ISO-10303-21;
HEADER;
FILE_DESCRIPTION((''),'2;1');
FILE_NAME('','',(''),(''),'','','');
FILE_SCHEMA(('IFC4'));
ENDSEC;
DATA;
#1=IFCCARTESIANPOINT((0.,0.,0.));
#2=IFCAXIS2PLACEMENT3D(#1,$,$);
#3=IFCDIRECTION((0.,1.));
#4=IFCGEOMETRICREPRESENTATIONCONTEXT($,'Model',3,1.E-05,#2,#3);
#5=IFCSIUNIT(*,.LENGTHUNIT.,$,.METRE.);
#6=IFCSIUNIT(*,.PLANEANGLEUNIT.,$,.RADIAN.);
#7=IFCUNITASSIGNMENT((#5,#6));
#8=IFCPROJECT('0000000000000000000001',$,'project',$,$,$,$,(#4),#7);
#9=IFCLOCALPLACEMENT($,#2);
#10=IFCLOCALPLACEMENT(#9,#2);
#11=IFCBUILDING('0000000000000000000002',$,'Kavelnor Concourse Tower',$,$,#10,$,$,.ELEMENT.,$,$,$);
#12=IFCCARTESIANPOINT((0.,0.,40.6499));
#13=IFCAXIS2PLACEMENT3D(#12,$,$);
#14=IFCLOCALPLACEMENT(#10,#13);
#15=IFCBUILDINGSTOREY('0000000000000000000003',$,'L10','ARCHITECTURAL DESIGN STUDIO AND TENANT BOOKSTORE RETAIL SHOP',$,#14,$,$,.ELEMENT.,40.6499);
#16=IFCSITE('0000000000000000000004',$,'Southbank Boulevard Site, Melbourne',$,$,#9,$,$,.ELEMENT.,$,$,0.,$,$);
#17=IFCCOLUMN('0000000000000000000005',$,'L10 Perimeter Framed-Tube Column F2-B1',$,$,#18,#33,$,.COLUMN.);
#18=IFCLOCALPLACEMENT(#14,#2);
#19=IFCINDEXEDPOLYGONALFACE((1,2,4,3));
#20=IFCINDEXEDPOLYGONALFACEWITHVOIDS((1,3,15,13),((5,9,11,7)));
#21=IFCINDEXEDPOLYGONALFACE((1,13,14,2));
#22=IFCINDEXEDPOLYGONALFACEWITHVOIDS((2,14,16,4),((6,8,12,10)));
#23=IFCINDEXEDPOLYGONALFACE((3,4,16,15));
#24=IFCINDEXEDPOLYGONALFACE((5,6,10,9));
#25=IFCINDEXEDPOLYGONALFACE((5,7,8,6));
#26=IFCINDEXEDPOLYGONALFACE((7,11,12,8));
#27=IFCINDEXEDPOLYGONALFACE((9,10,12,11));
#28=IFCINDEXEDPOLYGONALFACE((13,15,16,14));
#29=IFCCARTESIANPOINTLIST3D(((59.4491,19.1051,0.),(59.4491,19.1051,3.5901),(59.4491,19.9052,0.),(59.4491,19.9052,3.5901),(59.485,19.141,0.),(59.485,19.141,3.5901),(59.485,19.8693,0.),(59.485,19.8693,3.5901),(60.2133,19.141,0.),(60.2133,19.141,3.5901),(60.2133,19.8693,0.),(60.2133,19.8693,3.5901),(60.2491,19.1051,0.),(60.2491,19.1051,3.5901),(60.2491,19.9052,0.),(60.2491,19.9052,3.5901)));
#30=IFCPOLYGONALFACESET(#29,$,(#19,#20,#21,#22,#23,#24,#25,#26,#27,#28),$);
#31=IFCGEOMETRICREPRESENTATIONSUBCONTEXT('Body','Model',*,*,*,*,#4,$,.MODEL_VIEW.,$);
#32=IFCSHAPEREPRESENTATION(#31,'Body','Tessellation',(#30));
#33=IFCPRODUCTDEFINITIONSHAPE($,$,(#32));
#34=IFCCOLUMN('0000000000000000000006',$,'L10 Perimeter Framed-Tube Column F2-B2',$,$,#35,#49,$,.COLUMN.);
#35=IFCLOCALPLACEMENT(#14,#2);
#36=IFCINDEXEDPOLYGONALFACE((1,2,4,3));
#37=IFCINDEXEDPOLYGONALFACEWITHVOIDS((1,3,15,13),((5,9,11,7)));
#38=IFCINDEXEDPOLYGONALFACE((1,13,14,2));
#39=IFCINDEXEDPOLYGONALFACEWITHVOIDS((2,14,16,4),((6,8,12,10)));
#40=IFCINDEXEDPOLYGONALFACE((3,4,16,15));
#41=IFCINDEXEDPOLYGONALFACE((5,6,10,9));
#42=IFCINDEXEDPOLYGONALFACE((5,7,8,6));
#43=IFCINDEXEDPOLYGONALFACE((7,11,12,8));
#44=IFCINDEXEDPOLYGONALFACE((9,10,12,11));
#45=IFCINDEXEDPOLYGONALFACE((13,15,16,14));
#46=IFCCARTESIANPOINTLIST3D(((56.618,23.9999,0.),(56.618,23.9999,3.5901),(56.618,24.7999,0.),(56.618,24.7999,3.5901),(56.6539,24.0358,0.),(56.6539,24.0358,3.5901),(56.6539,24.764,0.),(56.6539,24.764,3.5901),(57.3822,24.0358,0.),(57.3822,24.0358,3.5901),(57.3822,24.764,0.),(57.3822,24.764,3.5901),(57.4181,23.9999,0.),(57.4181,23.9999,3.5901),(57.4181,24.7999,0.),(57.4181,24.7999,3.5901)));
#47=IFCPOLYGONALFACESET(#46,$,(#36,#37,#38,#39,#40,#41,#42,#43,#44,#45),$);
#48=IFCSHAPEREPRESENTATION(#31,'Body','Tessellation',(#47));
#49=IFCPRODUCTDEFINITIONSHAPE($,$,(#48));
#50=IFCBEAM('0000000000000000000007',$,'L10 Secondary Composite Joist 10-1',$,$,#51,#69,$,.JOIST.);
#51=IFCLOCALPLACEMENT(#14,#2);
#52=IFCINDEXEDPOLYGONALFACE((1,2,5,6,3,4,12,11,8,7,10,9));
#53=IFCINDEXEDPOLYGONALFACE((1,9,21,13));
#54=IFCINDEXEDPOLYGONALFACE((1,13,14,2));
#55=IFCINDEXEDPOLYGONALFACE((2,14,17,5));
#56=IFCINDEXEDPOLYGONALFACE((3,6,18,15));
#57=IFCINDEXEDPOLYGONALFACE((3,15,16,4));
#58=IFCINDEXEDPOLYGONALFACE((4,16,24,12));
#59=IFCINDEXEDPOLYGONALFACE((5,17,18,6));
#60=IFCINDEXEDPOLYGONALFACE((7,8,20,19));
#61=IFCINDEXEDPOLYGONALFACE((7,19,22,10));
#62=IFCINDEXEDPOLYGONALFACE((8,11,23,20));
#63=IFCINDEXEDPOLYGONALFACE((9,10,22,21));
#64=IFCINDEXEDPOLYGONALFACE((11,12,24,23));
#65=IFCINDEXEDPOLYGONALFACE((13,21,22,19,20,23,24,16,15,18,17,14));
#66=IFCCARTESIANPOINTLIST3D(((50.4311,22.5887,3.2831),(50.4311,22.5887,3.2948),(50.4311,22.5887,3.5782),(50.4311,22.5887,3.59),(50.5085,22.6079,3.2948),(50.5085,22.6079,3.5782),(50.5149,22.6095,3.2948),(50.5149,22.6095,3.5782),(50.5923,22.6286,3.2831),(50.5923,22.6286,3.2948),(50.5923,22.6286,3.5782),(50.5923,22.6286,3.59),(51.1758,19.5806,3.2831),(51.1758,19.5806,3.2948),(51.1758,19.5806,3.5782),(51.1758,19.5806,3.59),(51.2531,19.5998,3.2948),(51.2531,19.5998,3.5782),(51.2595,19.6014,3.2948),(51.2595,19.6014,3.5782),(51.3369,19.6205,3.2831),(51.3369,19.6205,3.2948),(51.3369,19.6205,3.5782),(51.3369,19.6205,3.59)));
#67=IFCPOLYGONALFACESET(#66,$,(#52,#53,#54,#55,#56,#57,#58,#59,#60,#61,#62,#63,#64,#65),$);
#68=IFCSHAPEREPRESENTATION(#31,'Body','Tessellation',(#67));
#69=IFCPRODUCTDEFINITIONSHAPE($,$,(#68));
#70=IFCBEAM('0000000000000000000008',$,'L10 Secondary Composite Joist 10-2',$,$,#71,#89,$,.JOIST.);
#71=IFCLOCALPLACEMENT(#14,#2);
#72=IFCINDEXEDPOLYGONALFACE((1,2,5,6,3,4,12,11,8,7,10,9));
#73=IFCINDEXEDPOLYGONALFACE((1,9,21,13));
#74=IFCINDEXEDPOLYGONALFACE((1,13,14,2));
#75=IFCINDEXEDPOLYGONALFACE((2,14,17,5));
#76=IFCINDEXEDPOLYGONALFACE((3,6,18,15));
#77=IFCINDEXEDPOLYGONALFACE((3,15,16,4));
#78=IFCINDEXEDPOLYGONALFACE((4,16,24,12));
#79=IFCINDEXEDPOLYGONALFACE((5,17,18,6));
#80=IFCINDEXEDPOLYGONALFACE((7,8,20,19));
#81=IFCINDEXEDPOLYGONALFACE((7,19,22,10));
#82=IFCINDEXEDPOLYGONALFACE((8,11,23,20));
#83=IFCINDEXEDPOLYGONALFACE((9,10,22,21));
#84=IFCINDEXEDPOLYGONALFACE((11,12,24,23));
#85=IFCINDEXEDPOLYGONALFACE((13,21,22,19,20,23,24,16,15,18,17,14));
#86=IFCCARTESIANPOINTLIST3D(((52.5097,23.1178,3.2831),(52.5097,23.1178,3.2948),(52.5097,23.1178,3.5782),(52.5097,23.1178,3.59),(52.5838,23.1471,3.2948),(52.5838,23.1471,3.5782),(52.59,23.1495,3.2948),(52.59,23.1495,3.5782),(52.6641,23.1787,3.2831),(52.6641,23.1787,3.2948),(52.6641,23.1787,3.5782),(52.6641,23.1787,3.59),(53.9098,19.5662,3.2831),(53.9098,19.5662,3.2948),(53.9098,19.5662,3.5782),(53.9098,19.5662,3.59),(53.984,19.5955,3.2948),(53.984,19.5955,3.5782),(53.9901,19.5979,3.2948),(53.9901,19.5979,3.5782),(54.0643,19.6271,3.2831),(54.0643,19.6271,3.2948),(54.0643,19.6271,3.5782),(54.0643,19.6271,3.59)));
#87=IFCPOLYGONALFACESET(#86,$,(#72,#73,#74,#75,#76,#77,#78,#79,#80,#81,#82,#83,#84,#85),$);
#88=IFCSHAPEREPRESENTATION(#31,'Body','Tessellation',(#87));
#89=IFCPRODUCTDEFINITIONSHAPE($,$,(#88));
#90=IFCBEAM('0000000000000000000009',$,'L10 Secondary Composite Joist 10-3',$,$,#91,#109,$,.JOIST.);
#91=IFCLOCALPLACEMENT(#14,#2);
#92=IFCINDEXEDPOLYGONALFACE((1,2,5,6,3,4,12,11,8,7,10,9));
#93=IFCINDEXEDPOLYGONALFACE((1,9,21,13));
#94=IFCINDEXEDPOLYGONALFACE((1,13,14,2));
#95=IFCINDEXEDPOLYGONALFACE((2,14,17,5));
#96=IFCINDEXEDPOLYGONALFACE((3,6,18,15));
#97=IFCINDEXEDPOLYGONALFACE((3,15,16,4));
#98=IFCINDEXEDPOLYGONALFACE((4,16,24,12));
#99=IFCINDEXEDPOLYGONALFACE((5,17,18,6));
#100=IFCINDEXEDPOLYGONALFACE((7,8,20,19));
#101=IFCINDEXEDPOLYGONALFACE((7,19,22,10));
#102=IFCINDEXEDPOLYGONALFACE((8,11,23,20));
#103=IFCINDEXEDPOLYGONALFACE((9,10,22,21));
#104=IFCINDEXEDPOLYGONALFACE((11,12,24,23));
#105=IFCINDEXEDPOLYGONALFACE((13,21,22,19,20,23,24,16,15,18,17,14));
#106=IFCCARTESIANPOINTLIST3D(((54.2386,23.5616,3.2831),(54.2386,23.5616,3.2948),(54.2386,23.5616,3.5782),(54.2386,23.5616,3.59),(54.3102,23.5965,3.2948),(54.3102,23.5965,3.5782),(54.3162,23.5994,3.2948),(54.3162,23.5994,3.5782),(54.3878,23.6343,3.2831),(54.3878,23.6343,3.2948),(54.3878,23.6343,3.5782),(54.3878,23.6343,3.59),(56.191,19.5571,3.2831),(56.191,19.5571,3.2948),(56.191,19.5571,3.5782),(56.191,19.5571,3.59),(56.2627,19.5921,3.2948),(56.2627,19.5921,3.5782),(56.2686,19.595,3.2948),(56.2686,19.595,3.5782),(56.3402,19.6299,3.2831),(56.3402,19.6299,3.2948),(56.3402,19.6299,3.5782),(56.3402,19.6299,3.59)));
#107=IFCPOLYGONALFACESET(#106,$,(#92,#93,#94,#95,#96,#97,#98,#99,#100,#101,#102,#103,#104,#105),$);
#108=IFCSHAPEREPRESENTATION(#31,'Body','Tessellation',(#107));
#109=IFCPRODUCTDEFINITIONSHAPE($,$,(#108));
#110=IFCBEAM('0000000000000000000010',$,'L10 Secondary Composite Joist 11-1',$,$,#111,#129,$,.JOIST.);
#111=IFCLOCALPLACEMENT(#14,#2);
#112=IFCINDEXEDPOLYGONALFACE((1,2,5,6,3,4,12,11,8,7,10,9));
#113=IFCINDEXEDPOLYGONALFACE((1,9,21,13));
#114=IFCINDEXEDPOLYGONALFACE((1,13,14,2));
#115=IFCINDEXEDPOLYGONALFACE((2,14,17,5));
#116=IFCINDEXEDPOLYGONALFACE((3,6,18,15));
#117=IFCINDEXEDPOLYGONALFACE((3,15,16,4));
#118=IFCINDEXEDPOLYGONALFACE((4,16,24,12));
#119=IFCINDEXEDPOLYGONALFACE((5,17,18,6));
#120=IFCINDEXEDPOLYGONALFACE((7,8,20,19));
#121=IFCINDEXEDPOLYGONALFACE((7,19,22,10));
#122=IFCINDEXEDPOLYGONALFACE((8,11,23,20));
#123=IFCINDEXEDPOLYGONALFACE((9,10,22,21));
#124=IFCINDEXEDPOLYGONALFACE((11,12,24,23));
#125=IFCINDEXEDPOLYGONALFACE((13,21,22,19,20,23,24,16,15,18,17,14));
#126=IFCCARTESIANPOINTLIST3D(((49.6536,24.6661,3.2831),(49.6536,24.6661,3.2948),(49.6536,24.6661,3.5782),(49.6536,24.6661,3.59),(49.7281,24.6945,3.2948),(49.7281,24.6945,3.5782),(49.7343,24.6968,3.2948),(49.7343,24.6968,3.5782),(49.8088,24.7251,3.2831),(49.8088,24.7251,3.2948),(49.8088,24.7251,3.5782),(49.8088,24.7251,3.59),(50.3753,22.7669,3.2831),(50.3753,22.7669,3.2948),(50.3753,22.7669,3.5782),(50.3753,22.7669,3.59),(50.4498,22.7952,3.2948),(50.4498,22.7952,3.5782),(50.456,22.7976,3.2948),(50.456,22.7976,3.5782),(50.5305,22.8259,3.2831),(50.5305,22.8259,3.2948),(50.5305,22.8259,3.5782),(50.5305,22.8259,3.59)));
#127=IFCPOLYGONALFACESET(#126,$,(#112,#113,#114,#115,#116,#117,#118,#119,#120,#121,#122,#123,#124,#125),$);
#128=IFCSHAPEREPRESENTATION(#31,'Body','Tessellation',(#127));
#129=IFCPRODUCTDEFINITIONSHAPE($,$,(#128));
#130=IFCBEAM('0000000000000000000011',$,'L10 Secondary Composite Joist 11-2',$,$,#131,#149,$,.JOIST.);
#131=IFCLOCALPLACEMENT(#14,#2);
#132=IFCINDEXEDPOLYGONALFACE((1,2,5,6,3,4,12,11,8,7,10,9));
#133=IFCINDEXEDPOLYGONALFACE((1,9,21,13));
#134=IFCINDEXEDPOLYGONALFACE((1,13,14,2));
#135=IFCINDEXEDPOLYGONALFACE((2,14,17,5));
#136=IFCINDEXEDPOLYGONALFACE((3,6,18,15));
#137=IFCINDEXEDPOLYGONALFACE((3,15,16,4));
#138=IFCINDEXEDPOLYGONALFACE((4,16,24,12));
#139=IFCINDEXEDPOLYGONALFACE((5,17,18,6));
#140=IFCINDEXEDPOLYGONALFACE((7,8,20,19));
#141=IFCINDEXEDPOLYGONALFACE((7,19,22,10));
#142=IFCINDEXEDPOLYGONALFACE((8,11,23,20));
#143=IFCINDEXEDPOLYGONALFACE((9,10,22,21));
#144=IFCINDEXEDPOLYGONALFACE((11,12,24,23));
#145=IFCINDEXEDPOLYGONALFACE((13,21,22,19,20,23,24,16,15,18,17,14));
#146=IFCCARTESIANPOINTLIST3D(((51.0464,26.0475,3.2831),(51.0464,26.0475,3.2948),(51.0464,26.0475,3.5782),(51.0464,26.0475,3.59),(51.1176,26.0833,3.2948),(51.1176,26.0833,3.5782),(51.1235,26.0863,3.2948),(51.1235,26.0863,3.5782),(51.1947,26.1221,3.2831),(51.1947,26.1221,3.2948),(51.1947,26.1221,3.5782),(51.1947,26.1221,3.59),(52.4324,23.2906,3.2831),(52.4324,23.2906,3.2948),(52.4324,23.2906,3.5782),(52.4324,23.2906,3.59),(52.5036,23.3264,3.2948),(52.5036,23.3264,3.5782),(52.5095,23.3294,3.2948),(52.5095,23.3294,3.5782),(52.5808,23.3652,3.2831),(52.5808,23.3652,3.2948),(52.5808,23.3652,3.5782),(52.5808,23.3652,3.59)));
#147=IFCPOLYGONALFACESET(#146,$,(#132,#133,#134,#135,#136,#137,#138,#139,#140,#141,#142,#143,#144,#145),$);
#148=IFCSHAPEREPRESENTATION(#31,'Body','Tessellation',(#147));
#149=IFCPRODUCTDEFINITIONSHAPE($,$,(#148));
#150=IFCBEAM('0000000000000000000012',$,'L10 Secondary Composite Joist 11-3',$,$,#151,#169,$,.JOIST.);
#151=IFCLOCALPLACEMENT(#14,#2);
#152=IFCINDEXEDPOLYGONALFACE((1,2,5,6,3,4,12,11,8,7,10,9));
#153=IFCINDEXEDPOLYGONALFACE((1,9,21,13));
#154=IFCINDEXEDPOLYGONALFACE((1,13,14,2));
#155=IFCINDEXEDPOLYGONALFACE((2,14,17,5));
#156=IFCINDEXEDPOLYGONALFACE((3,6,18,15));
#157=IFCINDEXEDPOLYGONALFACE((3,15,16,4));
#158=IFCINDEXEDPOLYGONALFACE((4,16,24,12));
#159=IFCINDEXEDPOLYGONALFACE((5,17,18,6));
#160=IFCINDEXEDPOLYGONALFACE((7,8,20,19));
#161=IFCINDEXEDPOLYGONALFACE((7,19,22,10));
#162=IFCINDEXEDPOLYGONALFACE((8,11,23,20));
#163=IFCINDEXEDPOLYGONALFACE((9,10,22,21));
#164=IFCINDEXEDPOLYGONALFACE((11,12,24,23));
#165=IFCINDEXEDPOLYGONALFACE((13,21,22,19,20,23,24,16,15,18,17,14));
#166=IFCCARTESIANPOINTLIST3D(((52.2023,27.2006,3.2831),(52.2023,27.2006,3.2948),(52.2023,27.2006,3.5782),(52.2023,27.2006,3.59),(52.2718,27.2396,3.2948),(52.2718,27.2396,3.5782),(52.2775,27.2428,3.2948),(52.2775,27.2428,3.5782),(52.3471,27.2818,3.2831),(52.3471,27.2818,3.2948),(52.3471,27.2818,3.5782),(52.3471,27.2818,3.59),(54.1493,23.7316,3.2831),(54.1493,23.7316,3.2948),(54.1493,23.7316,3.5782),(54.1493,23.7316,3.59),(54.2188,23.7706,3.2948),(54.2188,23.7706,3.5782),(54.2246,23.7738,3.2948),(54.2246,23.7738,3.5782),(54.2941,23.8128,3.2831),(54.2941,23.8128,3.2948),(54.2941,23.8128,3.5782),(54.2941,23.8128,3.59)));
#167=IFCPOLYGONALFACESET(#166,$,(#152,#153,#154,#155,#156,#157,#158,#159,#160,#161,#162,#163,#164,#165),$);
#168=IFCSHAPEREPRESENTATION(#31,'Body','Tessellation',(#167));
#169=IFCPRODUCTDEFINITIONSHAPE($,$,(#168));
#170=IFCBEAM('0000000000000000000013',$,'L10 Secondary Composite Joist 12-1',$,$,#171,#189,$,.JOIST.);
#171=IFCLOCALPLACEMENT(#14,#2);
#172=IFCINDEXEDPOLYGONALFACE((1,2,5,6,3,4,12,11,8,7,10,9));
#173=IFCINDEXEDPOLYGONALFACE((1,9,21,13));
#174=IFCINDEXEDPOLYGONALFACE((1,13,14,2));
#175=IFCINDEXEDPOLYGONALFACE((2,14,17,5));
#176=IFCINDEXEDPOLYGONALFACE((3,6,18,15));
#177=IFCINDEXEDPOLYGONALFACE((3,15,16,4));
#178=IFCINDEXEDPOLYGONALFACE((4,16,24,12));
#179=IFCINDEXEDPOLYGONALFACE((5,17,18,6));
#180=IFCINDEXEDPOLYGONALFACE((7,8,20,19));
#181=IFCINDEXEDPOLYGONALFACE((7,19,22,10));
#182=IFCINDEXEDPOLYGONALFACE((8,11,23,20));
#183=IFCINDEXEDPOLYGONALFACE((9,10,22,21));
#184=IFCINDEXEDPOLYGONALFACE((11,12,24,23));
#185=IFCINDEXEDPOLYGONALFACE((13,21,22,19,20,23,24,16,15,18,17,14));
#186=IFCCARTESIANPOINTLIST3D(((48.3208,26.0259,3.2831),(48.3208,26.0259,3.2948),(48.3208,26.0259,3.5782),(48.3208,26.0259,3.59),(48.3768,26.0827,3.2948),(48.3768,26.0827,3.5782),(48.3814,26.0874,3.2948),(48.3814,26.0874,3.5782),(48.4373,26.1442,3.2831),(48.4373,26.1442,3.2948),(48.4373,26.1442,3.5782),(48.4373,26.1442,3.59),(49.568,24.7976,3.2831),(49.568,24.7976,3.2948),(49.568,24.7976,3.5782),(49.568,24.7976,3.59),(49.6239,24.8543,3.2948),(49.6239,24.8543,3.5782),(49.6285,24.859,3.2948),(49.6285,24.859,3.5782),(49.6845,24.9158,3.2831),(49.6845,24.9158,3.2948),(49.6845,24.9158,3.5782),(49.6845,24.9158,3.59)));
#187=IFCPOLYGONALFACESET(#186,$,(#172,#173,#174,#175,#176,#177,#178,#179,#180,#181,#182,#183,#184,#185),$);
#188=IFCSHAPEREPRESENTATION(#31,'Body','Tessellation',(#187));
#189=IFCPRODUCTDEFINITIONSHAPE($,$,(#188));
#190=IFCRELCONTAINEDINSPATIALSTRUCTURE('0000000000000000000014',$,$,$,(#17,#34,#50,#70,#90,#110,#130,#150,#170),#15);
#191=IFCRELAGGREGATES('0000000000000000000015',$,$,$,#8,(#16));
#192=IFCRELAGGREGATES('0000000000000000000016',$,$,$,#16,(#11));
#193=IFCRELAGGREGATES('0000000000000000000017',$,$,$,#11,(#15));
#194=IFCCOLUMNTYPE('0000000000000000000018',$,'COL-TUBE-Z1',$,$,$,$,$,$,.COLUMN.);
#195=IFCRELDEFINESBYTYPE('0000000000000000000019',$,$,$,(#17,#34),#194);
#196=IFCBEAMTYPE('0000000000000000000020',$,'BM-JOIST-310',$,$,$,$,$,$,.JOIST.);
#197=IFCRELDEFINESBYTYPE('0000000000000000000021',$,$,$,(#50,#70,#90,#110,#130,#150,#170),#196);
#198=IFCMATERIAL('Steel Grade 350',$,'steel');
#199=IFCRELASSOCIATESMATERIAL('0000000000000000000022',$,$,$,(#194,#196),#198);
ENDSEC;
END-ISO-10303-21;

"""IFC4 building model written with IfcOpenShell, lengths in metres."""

from ifc_helpers import new_model, si_unit, direction, frame, origin, origin_2d, place, context, subcontext, project, spatial, hollow_rectangle, i_section, extrude, material, material_profile, profile_set, type_object, element, save


model = new_model("IFC4")

# Units and contexts
model_context = context("Model", 3, precision=1e-05, world=origin(), true_north=direction((0.0, 1.0)))
body_context = subcontext(model_context, "Body", "Model", "MODEL_VIEW")
ifc_project = project(units=[si_unit("LENGTHUNIT", "METRE"), si_unit("PLANEANGLEUNIT", "RADIAN")], contexts=[model_context])

# Site, building, storey
site_placement = place(None, origin())
site = spatial("IfcSite", under=ifc_project, at=site_placement, Name="Southbank Boulevard Site, Melbourne", CompositionType="ELEMENT", RefElevation=0.0)
building_placement = place(site_placement, origin())
building = spatial("IfcBuilding", under=site, at=building_placement, Name="Kavelnor Concourse Tower", CompositionType="ELEMENT")
storey_placement = place(building_placement, frame((0.0, 0.0, 40.6499)))
storey = spatial("IfcBuildingStorey", under=building, at=storey_placement, Name="L10", Description="ARCHITECTURAL DESIGN STUDIO AND TENANT BOOKSTORE RETAIL SHOP", CompositionType="ELEMENT", Elevation=40.6499)

# Columns
ifc_material_1 = material(Name="Steel Grade 350", Category="steel")
ifc_material_profile_1 = material_profile(ifc_material_1, hollow_rectangle(XDim=0.8, YDim=0.8, WallThickness=0.0359, at=origin_2d()), Name="SHS 800x800x36")
ifc_profile_set_1 = profile_set([ifc_material_profile_1], Name="Steel Grade 350")
column_type = type_object("IfcColumnType", Name="COL-TUBE-Z1", PredefinedType="COLUMN", material=ifc_profile_set_1)
for number, where, z_axis, x_axis, name in (
    (1, (59.8491, 19.5051, 0.0), (0.0, 0.0, 1.0), (1.0, 0.0, 0.0), "L10 Perimeter Framed-Tube Column F2-B1"),
    (2, (57.0181, 24.3999, 0.0), (0.0, 0.0, 1.0), (1.0, 0.0, 0.0), "L10 Perimeter Framed-Tube Column F2-B2"),
):
    element("IfcColumn", number, at=place(storey_placement, frame(where, z_axis=z_axis, x_axis=x_axis)), inside=storey, type_object=column_type, Name=name, PredefinedType="COLUMN", context=body_context, shape_type="SweptSolid", body=[
        extrude(hollow_rectangle(XDim=0.8, YDim=0.8, WallThickness=0.0359, at=origin_2d()), origin(), (0.0, 0.0, 1.0), 3.5901),
    ])

# Beams
ifc_material_profile_2 = material_profile(ifc_material_1, i_section(OverallWidth=0.166, OverallDepth=0.3069, WebThickness=0.0066, FlangeThickness=0.0117, at=origin_2d()), Name="310UB46")
ifc_profile_set_2 = profile_set([ifc_material_profile_2], Name="Steel Grade 350")
beam_type_1 = type_object("IfcBeamType", Name="BM-JOIST-310", PredefinedType="JOIST", material=ifc_profile_set_2)
beam_1_placement = place(storey_placement, frame((51.2563, 19.6006, 3.4365), z_axis=(-0.240292, 0.970701, 0.0), x_axis=(-0.970701, -0.240292, 0.0)))
element("IfcBeam", 3, at=beam_1_placement, inside=storey, type_object=beam_type_1, Name="L10 Secondary Composite Joist 10-1", PredefinedType="JOIST", context=body_context, shape_type="SweptSolid", body=[
    extrude(i_section(OverallWidth=0.166, OverallDepth=0.3069, WebThickness=0.0066, FlangeThickness=0.0117, at=origin_2d()), origin(), (0.0, 0.0, 1.0), 3.0989),
])
beam_2_placement = place(storey_placement, frame((53.9871, 19.5967, 3.4365), z_axis=(-0.366766, 0.930313, 0.0), x_axis=(-0.930313, -0.366766, 0.0)))
element("IfcBeam", 4, at=beam_2_placement, inside=storey, type_object=beam_type_1, Name="L10 Secondary Composite Joist 10-2", PredefinedType="JOIST", context=body_context, shape_type="SweptSolid", body=[
    extrude(i_section(OverallWidth=0.166, OverallDepth=0.3069, WebThickness=0.0066, FlangeThickness=0.0117, at=origin_2d()), origin(), (0.0, 0.0, 1.0), 3.8176),
])
beam_3_placement = place(storey_placement, frame((56.2656, 19.5935, 3.4365), z_axis=(-0.438248, 0.898854, 0.0), x_axis=(-0.898854, -0.438248, 0.0)))
element("IfcBeam", 5, at=beam_3_placement, inside=storey, type_object=beam_type_1, Name="L10 Secondary Composite Joist 10-3", PredefinedType="JOIST", context=body_context, shape_type="SweptSolid", body=[
    extrude(i_section(OverallWidth=0.166, OverallDepth=0.3069, WebThickness=0.0066, FlangeThickness=0.0117, at=origin_2d()), origin(), (0.0, 0.0, 1.0), 4.4551),
])
beam_4_placement = place(storey_placement, frame((50.4529, 22.7964, 3.4365), z_axis=(-0.355216, 0.934784, 0.0), x_axis=(-0.934784, -0.355216, 0.0)))
element("IfcBeam", 6, at=beam_4_placement, inside=storey, type_object=beam_type_1, Name="L10 Secondary Composite Joist 11-1", PredefinedType="JOIST", context=body_context, shape_type="SweptSolid", body=[
    extrude(i_section(OverallWidth=0.166, OverallDepth=0.3069, WebThickness=0.0066, FlangeThickness=0.0117, at=origin_2d()), origin(), (0.0, 0.0, 1.0), 2.0317),
])
beam_5_placement = place(storey_placement, frame((52.5066, 23.3279, 3.4365), z_axis=(-0.449175, 0.893444, 0.0), x_axis=(-0.893444, -0.449175, 0.0)))
element("IfcBeam", 7, at=beam_5_placement, inside=storey, type_object=beam_type_1, Name="L10 Secondary Composite Joist 11-2", PredefinedType="JOIST", context=body_context, shape_type="SweptSolid", body=[
    extrude(i_section(OverallWidth=0.166, OverallDepth=0.3069, WebThickness=0.0066, FlangeThickness=0.0117, at=origin_2d()), origin(), (0.0, 0.0, 1.0), 3.0857),
])
beam_6_placement = place(storey_placement, frame((54.2217, 23.7722, 3.4365), z_axis=(-0.489442, 0.872036, 0.0), x_axis=(-0.872036, -0.489442, 0.0)))
element("IfcBeam", 8, at=beam_6_placement, inside=storey, type_object=beam_type_1, Name="L10 Secondary Composite Joist 11-3", PredefinedType="JOIST", context=body_context, shape_type="SweptSolid", body=[
    extrude(i_section(OverallWidth=0.166, OverallDepth=0.3069, WebThickness=0.0066, FlangeThickness=0.0117, at=origin_2d()), origin(), (0.0, 0.0, 1.0), 3.978),
])
beam_7_placement = place(storey_placement, frame((49.6262, 24.8567, 3.4365), z_axis=(-0.712456, 0.701716, 0.0), x_axis=(-0.701716, -0.712456, 0.0)))
element("IfcBeam", 9, at=beam_7_placement, inside=storey, type_object=beam_type_1, Name="L10 Secondary Composite Joist 12-1", PredefinedType="JOIST", context=body_context, shape_type="SweptSolid", body=[
    extrude(i_section(OverallWidth=0.166, OverallDepth=0.3069, WebThickness=0.0066, FlangeThickness=0.0117, at=origin_2d()), origin(), (0.0, 0.0, 1.0), 1.7505),
])

save(model, "model.ifc")
